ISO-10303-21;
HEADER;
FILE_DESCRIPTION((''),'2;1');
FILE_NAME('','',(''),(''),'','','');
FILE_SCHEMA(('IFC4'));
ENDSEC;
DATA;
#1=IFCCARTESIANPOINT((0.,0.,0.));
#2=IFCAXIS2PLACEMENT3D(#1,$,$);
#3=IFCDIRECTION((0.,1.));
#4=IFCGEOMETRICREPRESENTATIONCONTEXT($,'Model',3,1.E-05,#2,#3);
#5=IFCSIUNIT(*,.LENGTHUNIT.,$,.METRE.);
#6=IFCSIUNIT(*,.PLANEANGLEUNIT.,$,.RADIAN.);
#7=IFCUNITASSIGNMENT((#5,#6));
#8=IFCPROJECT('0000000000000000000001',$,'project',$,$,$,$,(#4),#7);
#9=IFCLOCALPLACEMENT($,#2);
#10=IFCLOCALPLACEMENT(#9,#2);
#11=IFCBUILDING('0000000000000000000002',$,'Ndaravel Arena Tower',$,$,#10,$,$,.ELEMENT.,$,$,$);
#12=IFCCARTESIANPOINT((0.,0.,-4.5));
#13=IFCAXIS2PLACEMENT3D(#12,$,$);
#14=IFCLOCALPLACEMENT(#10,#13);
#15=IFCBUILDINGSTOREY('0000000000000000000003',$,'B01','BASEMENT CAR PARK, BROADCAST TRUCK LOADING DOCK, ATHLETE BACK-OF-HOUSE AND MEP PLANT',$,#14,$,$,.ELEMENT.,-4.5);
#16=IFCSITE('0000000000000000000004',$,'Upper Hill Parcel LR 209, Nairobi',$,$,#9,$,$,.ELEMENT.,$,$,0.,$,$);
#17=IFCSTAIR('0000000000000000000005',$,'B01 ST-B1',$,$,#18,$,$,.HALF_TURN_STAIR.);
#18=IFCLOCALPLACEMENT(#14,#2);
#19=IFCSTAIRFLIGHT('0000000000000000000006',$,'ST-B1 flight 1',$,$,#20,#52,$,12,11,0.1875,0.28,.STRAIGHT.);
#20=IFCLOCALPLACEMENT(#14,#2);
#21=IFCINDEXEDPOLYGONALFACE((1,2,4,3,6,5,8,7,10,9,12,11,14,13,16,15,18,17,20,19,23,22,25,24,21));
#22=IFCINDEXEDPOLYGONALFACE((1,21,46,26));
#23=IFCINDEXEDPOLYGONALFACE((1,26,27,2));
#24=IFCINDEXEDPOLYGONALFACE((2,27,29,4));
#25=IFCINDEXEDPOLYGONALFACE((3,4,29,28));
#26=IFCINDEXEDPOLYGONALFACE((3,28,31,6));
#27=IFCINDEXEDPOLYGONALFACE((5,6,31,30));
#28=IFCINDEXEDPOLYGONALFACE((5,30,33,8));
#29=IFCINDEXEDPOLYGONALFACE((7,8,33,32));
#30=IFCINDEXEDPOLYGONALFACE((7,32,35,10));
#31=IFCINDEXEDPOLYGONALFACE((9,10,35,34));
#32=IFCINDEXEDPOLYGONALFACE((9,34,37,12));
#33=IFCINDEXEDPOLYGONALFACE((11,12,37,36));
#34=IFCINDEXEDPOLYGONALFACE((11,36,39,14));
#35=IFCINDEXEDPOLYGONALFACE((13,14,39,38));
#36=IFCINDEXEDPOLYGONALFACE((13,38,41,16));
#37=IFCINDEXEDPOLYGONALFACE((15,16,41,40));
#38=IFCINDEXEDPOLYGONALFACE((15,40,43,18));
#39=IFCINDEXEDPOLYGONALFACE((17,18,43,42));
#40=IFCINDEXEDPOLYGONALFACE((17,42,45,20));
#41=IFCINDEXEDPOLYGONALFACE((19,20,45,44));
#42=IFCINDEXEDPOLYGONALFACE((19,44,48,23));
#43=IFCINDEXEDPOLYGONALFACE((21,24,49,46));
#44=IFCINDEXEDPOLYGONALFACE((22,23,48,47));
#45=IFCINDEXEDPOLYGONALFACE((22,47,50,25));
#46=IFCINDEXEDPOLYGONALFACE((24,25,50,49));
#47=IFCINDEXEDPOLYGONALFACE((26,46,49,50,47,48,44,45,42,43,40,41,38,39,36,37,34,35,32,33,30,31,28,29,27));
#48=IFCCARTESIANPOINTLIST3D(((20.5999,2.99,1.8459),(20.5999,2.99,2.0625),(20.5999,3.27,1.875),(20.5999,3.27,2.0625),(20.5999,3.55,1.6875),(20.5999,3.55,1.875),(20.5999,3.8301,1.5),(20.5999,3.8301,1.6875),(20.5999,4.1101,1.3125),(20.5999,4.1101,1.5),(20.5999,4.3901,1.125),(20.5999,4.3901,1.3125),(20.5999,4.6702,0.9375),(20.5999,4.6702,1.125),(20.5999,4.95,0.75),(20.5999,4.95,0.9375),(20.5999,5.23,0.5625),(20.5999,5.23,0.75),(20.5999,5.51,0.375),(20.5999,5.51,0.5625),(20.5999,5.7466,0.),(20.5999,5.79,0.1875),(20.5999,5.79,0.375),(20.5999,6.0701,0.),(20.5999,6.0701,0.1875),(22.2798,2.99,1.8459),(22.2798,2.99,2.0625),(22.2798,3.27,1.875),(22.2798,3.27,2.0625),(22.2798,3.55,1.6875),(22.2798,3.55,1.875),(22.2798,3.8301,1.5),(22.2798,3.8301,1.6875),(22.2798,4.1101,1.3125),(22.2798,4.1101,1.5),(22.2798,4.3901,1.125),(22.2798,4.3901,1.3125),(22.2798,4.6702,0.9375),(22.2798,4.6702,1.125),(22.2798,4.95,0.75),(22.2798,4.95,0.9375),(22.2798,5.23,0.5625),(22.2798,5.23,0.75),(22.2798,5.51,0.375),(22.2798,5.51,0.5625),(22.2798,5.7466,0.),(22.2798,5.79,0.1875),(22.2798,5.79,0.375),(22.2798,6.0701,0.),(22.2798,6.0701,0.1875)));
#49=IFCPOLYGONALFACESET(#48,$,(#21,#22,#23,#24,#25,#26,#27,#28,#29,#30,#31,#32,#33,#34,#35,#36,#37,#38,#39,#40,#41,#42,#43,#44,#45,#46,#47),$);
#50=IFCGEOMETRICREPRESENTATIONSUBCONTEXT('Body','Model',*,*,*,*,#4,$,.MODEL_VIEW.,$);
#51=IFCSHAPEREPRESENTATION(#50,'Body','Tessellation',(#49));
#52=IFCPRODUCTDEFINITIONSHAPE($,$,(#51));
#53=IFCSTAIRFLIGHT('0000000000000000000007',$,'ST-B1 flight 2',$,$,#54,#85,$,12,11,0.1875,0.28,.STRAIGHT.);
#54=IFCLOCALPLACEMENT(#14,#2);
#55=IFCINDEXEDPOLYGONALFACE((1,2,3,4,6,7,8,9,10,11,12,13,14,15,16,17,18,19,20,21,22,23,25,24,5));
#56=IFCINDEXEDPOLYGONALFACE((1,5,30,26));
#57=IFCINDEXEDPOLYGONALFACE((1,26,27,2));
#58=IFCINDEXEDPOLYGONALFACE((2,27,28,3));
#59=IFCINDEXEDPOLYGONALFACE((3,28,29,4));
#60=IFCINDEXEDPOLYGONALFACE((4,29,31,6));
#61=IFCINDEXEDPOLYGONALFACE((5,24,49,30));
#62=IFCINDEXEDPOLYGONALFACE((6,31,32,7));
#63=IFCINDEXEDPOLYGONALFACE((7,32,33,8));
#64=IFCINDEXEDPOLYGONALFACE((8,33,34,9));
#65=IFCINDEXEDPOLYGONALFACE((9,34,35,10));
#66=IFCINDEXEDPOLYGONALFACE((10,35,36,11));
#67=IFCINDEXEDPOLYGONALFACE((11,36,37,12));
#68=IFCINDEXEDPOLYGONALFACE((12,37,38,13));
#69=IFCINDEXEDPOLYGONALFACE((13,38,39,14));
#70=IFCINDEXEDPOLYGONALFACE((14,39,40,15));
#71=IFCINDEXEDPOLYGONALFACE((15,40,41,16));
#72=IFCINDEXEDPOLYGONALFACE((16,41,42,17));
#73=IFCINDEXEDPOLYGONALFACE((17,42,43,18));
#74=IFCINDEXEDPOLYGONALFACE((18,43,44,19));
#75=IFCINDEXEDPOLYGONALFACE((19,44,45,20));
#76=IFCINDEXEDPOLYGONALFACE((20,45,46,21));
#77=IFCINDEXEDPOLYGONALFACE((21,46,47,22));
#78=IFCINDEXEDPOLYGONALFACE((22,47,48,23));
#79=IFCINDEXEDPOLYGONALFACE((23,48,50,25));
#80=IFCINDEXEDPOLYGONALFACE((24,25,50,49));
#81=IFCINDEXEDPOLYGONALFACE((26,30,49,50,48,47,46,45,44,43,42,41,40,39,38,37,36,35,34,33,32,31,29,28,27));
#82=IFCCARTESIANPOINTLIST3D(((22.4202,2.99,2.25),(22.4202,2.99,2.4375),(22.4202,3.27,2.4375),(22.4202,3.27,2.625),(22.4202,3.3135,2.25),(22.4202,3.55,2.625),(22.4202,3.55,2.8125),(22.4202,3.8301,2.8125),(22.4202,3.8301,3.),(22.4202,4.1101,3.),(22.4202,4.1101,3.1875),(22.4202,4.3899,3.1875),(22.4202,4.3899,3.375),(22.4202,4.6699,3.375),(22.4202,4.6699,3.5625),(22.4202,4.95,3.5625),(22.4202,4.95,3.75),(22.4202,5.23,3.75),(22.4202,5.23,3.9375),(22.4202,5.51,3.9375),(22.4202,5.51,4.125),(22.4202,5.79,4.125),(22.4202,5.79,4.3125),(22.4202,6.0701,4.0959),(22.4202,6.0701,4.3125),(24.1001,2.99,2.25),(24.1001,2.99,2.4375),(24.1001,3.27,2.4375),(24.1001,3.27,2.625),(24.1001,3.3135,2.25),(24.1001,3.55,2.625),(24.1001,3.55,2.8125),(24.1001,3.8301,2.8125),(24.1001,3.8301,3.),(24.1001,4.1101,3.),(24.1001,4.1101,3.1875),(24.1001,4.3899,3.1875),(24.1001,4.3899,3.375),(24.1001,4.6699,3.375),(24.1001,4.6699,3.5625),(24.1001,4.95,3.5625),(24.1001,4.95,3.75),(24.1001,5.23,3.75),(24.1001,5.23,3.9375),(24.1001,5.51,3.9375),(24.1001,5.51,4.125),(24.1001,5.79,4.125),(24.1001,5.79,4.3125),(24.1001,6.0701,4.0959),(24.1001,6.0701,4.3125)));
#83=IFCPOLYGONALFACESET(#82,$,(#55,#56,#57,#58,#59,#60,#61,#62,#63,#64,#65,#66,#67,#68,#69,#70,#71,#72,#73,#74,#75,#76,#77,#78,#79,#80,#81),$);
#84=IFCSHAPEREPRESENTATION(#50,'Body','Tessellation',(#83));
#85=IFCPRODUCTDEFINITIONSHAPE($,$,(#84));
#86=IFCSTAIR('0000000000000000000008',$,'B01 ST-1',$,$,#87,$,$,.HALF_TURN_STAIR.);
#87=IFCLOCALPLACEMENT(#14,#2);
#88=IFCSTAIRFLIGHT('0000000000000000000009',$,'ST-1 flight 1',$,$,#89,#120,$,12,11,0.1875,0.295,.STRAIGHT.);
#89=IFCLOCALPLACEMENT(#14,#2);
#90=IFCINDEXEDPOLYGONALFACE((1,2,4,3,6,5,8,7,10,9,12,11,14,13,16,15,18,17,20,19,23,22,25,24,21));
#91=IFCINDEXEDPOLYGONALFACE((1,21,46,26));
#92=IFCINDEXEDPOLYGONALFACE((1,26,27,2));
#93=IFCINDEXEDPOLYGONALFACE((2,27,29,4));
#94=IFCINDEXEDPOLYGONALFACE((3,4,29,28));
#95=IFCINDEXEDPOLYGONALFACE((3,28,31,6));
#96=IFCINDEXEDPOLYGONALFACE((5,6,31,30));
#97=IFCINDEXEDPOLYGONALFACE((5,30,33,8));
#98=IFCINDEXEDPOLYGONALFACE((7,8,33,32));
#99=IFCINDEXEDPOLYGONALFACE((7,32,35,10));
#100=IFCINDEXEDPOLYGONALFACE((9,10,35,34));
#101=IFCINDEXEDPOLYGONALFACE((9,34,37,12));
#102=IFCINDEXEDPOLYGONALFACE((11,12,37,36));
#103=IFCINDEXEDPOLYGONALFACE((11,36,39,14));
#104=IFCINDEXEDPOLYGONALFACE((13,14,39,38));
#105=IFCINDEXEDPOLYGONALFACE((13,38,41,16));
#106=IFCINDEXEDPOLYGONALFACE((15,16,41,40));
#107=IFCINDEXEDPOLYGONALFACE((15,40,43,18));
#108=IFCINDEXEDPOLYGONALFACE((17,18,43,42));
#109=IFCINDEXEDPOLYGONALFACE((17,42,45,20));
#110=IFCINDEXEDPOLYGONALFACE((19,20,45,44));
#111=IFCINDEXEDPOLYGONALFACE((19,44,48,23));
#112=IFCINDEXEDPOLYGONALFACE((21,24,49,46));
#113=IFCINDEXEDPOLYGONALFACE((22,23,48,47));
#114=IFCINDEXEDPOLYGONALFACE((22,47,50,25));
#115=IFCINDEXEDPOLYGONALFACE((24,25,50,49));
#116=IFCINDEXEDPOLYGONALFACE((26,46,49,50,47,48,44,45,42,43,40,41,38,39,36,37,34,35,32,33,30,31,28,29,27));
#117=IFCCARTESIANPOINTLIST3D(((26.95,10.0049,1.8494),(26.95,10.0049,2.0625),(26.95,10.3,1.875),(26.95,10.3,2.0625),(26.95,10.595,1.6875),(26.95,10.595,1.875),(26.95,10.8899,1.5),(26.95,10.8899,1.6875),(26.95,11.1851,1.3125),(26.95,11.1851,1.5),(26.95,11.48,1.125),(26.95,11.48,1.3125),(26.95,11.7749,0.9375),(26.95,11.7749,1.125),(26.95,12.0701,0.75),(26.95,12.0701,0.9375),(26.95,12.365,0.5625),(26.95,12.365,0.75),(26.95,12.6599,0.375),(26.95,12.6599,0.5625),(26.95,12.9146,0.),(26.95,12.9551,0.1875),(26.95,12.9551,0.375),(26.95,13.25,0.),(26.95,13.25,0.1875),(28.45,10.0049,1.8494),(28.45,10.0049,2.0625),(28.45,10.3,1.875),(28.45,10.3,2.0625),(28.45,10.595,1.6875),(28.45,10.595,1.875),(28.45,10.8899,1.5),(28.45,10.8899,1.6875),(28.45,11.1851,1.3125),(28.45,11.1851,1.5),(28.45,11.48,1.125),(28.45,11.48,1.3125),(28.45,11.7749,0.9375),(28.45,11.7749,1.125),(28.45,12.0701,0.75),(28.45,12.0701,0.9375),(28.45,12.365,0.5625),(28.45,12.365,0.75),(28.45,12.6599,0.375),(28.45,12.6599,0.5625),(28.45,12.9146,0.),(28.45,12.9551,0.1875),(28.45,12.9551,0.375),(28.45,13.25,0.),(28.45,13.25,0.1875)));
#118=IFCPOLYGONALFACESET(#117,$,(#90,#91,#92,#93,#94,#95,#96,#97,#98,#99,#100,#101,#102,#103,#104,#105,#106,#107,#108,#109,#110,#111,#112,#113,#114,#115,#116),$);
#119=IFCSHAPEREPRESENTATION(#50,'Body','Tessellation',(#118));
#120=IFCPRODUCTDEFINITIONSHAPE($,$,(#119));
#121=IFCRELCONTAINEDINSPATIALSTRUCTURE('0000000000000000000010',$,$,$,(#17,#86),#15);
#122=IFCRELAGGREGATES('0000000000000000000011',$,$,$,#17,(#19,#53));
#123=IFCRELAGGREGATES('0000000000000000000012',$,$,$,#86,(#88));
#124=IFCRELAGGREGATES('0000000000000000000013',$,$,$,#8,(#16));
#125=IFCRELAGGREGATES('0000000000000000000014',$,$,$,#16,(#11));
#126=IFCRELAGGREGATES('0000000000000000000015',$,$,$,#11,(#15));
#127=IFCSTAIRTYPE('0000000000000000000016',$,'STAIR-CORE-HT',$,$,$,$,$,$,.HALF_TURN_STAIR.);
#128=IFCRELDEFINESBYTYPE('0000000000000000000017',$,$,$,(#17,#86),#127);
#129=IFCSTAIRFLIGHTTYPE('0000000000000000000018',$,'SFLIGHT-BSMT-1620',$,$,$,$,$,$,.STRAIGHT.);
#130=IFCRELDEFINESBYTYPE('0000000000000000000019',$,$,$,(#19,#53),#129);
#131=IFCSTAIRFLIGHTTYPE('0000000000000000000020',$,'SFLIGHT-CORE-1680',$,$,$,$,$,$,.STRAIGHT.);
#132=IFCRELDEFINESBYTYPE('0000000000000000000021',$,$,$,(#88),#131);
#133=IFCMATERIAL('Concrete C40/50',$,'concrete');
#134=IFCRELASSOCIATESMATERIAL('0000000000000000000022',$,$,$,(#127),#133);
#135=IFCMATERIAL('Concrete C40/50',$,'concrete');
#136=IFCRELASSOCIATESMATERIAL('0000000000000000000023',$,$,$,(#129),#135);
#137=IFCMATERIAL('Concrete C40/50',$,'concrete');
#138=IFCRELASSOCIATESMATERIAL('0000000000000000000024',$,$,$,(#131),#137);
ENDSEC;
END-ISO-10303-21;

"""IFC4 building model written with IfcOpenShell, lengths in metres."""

from ifc_helpers import new_model, si_unit, direction, frame, origin, place, context, subcontext, project, spatial, polyline, outline, extrude, material, type_object, element, aggregate, save


model = new_model("IFC4")

# Units and contexts
model_context = context("Model", 3, precision=1e-05, world=origin(), true_north=direction((0.0, 1.0)))
body_context = subcontext(model_context, "Body", "Model", "MODEL_VIEW")
ifc_project = project(units=[si_unit("LENGTHUNIT", "METRE"), si_unit("PLANEANGLEUNIT", "RADIAN")], contexts=[model_context])

# Site, building, storey
site_placement = place(None, origin())
site = spatial("IfcSite", under=ifc_project, at=site_placement, Name="Upper Hill Parcel LR 209, Nairobi", CompositionType="ELEMENT", RefElevation=0.0)
building_placement = place(site_placement, origin())
building = spatial("IfcBuilding", under=site, at=building_placement, Name="Ndaravel Arena Tower", CompositionType="ELEMENT")
storey_placement = place(building_placement, frame((0.0, 0.0, -4.5)))
storey = spatial("IfcBuildingStorey", under=building, at=storey_placement, Name="B01", Description="BASEMENT CAR PARK, BROADCAST TRUCK LOADING DOCK, ATHLETE BACK-OF-HOUSE AND MEP PLANT", CompositionType="ELEMENT", Elevation=-4.5)

# Stair, stair flights
ifc_material_1 = material(Name="Concrete C40/50", Category="concrete")
stair_type = type_object("IfcStairType", Name="STAIR-CORE-HT", PredefinedType="HALF_TURN_STAIR", material=ifc_material_1)
stair_1_placement = place(storey_placement, origin())
stair_1 = element("IfcStair", 1, at=stair_1_placement, inside=storey, type_object=stair_type, Name="B01 ST-B1", PredefinedType="HALF_TURN_STAIR")
ifc_material_2 = material(Name="Concrete C40/50", Category="concrete")
stair_flight_type_1 = type_object("IfcStairFlightType", Name="SFLIGHT-BSMT-1620", PredefinedType="STRAIGHT", material=ifc_material_2)
stair_flight_1_placement = place(storey_placement, frame((21.4399, 6.0701, 0.0), z_axis=(0.0, 0.0, 1.0), x_axis=(0.0, -1.0, 0.0)))
stair_flight_1 = element("IfcStairFlight", 2, at=stair_flight_1_placement, type_object=stair_flight_type_1, Name="ST-B1 flight 1", NumberOfRisers=12, NumberOfTreads=11, PredefinedType="STRAIGHT", RiserHeight=0.1875, TreadLength=0.28, context=body_context, shape_type="SweptSolid", body=[
    extrude(outline(polyline([(0.0, 0.0), (0.0, 0.1875), (0.28, 0.1875), (0.28, 0.375), (0.5601, 0.375), (0.5601, 0.5625), (0.8401, 0.5625), (0.8401, 0.75), (1.1201, 0.75), (1.1201, 0.9375), (1.3999, 0.9375), (1.3999, 1.125), (1.6799, 1.125), (1.6799, 1.3125), (1.96, 1.3125), (1.96, 1.5), (2.24, 1.5), (2.24, 1.6875), (2.52, 1.6875), (2.52, 1.875), (2.8, 1.875), (2.8, 2.0625), (3.0801, 2.0625), (3.0801, 2.25), (3.0801, 1.8459), (0.3235, 0.0), (0.0, 0.0)])), frame((0.0, 0.8398, 0.0), z_axis=(0.0, -1.0, 0.0), x_axis=(1.0, 0.0, 0.0)), (0.0, 0.0, 1.0), 1.6799),
])
stair_flight_2_placement = place(storey_placement, frame((23.26, 2.99, 2.25), z_axis=(0.0, 0.0, 1.0), x_axis=(0.0, 1.0, 0.0)))
stair_flight_2 = element("IfcStairFlight", 3, at=stair_flight_2_placement, type_object=stair_flight_type_1, Name="ST-B1 flight 2", NumberOfRisers=12, NumberOfTreads=11, PredefinedType="STRAIGHT", RiserHeight=0.1875, TreadLength=0.28, context=body_context, shape_type="SweptSolid", body=[
    extrude(outline(polyline([(0.0, 0.0), (0.0, 0.1875), (0.28, 0.1875), (0.28, 0.375), (0.5601, 0.375), (0.5601, 0.5625), (0.8401, 0.5625), (0.8401, 0.75), (1.1201, 0.75), (1.1201, 0.9375), (1.3999, 0.9375), (1.3999, 1.125), (1.6799, 1.125), (1.6799, 1.3125), (1.96, 1.3125), (1.96, 1.5), (2.24, 1.5), (2.24, 1.6875), (2.52, 1.6875), (2.52, 1.875), (2.8, 1.875), (2.8, 2.0625), (3.0801, 2.0625), (3.0801, 2.25), (3.0801, 1.8459), (0.3235, 0.0), (0.0, 0.0)])), frame((0.0, 0.8398, 0.0), z_axis=(0.0, -1.0, 0.0), x_axis=(1.0, 0.0, 0.0)), (0.0, 0.0, 1.0), 1.6799),
])
aggregate(stair_1, [stair_flight_1, stair_flight_2])

# Stair, stair flight
stair_2_placement = place(storey_placement, origin())
stair_2 = element("IfcStair", 4, at=stair_2_placement, inside=storey, type_object=stair_type, Name="B01 ST-1", PredefinedType="HALF_TURN_STAIR")
ifc_material_3 = material(Name="Concrete C40/50", Category="concrete")
stair_flight_type_2 = type_object("IfcStairFlightType", Name="SFLIGHT-CORE-1680", PredefinedType="STRAIGHT", material=ifc_material_3)
stair_flight_3_placement = place(storey_placement, frame((27.7, 13.25, 0.0), z_axis=(0.0, 0.0, 1.0), x_axis=(0.0, -1.0, 0.0)))
stair_flight_3 = element("IfcStairFlight", 5, at=stair_flight_3_placement, type_object=stair_flight_type_2, Name="ST-1 flight 1", NumberOfRisers=12, NumberOfTreads=11, PredefinedType="STRAIGHT", RiserHeight=0.1875, TreadLength=0.295, context=body_context, shape_type="SweptSolid", body=[
    extrude(outline(polyline([(0.0, 0.0), (0.0, 0.1875), (0.2949, 0.1875), (0.2949, 0.375), (0.5901, 0.375), (0.5901, 0.5625), (0.885, 0.5625), (0.885, 0.75), (1.1799, 0.75), (1.1799, 0.9375), (1.4751, 0.9375), (1.4751, 1.125), (1.77, 1.125), (1.77, 1.3125), (2.0649, 1.3125), (2.0649, 1.5), (2.3601, 1.5), (2.3601, 1.6875), (2.655, 1.6875), (2.655, 1.875), (2.95, 1.875), (2.95, 2.0625), (3.2451, 2.0625), (3.2451, 2.25), (3.2451, 1.8494), (0.3354, 0.0), (0.0, 0.0)])), frame((0.0, 0.75, 0.0), z_axis=(0.0, -1.0, 0.0), x_axis=(1.0, 0.0, 0.0)), (0.0, 0.0, 1.0), 1.5),
])
aggregate(stair_2, [stair_flight_3])

save(model, "model.ifc")
